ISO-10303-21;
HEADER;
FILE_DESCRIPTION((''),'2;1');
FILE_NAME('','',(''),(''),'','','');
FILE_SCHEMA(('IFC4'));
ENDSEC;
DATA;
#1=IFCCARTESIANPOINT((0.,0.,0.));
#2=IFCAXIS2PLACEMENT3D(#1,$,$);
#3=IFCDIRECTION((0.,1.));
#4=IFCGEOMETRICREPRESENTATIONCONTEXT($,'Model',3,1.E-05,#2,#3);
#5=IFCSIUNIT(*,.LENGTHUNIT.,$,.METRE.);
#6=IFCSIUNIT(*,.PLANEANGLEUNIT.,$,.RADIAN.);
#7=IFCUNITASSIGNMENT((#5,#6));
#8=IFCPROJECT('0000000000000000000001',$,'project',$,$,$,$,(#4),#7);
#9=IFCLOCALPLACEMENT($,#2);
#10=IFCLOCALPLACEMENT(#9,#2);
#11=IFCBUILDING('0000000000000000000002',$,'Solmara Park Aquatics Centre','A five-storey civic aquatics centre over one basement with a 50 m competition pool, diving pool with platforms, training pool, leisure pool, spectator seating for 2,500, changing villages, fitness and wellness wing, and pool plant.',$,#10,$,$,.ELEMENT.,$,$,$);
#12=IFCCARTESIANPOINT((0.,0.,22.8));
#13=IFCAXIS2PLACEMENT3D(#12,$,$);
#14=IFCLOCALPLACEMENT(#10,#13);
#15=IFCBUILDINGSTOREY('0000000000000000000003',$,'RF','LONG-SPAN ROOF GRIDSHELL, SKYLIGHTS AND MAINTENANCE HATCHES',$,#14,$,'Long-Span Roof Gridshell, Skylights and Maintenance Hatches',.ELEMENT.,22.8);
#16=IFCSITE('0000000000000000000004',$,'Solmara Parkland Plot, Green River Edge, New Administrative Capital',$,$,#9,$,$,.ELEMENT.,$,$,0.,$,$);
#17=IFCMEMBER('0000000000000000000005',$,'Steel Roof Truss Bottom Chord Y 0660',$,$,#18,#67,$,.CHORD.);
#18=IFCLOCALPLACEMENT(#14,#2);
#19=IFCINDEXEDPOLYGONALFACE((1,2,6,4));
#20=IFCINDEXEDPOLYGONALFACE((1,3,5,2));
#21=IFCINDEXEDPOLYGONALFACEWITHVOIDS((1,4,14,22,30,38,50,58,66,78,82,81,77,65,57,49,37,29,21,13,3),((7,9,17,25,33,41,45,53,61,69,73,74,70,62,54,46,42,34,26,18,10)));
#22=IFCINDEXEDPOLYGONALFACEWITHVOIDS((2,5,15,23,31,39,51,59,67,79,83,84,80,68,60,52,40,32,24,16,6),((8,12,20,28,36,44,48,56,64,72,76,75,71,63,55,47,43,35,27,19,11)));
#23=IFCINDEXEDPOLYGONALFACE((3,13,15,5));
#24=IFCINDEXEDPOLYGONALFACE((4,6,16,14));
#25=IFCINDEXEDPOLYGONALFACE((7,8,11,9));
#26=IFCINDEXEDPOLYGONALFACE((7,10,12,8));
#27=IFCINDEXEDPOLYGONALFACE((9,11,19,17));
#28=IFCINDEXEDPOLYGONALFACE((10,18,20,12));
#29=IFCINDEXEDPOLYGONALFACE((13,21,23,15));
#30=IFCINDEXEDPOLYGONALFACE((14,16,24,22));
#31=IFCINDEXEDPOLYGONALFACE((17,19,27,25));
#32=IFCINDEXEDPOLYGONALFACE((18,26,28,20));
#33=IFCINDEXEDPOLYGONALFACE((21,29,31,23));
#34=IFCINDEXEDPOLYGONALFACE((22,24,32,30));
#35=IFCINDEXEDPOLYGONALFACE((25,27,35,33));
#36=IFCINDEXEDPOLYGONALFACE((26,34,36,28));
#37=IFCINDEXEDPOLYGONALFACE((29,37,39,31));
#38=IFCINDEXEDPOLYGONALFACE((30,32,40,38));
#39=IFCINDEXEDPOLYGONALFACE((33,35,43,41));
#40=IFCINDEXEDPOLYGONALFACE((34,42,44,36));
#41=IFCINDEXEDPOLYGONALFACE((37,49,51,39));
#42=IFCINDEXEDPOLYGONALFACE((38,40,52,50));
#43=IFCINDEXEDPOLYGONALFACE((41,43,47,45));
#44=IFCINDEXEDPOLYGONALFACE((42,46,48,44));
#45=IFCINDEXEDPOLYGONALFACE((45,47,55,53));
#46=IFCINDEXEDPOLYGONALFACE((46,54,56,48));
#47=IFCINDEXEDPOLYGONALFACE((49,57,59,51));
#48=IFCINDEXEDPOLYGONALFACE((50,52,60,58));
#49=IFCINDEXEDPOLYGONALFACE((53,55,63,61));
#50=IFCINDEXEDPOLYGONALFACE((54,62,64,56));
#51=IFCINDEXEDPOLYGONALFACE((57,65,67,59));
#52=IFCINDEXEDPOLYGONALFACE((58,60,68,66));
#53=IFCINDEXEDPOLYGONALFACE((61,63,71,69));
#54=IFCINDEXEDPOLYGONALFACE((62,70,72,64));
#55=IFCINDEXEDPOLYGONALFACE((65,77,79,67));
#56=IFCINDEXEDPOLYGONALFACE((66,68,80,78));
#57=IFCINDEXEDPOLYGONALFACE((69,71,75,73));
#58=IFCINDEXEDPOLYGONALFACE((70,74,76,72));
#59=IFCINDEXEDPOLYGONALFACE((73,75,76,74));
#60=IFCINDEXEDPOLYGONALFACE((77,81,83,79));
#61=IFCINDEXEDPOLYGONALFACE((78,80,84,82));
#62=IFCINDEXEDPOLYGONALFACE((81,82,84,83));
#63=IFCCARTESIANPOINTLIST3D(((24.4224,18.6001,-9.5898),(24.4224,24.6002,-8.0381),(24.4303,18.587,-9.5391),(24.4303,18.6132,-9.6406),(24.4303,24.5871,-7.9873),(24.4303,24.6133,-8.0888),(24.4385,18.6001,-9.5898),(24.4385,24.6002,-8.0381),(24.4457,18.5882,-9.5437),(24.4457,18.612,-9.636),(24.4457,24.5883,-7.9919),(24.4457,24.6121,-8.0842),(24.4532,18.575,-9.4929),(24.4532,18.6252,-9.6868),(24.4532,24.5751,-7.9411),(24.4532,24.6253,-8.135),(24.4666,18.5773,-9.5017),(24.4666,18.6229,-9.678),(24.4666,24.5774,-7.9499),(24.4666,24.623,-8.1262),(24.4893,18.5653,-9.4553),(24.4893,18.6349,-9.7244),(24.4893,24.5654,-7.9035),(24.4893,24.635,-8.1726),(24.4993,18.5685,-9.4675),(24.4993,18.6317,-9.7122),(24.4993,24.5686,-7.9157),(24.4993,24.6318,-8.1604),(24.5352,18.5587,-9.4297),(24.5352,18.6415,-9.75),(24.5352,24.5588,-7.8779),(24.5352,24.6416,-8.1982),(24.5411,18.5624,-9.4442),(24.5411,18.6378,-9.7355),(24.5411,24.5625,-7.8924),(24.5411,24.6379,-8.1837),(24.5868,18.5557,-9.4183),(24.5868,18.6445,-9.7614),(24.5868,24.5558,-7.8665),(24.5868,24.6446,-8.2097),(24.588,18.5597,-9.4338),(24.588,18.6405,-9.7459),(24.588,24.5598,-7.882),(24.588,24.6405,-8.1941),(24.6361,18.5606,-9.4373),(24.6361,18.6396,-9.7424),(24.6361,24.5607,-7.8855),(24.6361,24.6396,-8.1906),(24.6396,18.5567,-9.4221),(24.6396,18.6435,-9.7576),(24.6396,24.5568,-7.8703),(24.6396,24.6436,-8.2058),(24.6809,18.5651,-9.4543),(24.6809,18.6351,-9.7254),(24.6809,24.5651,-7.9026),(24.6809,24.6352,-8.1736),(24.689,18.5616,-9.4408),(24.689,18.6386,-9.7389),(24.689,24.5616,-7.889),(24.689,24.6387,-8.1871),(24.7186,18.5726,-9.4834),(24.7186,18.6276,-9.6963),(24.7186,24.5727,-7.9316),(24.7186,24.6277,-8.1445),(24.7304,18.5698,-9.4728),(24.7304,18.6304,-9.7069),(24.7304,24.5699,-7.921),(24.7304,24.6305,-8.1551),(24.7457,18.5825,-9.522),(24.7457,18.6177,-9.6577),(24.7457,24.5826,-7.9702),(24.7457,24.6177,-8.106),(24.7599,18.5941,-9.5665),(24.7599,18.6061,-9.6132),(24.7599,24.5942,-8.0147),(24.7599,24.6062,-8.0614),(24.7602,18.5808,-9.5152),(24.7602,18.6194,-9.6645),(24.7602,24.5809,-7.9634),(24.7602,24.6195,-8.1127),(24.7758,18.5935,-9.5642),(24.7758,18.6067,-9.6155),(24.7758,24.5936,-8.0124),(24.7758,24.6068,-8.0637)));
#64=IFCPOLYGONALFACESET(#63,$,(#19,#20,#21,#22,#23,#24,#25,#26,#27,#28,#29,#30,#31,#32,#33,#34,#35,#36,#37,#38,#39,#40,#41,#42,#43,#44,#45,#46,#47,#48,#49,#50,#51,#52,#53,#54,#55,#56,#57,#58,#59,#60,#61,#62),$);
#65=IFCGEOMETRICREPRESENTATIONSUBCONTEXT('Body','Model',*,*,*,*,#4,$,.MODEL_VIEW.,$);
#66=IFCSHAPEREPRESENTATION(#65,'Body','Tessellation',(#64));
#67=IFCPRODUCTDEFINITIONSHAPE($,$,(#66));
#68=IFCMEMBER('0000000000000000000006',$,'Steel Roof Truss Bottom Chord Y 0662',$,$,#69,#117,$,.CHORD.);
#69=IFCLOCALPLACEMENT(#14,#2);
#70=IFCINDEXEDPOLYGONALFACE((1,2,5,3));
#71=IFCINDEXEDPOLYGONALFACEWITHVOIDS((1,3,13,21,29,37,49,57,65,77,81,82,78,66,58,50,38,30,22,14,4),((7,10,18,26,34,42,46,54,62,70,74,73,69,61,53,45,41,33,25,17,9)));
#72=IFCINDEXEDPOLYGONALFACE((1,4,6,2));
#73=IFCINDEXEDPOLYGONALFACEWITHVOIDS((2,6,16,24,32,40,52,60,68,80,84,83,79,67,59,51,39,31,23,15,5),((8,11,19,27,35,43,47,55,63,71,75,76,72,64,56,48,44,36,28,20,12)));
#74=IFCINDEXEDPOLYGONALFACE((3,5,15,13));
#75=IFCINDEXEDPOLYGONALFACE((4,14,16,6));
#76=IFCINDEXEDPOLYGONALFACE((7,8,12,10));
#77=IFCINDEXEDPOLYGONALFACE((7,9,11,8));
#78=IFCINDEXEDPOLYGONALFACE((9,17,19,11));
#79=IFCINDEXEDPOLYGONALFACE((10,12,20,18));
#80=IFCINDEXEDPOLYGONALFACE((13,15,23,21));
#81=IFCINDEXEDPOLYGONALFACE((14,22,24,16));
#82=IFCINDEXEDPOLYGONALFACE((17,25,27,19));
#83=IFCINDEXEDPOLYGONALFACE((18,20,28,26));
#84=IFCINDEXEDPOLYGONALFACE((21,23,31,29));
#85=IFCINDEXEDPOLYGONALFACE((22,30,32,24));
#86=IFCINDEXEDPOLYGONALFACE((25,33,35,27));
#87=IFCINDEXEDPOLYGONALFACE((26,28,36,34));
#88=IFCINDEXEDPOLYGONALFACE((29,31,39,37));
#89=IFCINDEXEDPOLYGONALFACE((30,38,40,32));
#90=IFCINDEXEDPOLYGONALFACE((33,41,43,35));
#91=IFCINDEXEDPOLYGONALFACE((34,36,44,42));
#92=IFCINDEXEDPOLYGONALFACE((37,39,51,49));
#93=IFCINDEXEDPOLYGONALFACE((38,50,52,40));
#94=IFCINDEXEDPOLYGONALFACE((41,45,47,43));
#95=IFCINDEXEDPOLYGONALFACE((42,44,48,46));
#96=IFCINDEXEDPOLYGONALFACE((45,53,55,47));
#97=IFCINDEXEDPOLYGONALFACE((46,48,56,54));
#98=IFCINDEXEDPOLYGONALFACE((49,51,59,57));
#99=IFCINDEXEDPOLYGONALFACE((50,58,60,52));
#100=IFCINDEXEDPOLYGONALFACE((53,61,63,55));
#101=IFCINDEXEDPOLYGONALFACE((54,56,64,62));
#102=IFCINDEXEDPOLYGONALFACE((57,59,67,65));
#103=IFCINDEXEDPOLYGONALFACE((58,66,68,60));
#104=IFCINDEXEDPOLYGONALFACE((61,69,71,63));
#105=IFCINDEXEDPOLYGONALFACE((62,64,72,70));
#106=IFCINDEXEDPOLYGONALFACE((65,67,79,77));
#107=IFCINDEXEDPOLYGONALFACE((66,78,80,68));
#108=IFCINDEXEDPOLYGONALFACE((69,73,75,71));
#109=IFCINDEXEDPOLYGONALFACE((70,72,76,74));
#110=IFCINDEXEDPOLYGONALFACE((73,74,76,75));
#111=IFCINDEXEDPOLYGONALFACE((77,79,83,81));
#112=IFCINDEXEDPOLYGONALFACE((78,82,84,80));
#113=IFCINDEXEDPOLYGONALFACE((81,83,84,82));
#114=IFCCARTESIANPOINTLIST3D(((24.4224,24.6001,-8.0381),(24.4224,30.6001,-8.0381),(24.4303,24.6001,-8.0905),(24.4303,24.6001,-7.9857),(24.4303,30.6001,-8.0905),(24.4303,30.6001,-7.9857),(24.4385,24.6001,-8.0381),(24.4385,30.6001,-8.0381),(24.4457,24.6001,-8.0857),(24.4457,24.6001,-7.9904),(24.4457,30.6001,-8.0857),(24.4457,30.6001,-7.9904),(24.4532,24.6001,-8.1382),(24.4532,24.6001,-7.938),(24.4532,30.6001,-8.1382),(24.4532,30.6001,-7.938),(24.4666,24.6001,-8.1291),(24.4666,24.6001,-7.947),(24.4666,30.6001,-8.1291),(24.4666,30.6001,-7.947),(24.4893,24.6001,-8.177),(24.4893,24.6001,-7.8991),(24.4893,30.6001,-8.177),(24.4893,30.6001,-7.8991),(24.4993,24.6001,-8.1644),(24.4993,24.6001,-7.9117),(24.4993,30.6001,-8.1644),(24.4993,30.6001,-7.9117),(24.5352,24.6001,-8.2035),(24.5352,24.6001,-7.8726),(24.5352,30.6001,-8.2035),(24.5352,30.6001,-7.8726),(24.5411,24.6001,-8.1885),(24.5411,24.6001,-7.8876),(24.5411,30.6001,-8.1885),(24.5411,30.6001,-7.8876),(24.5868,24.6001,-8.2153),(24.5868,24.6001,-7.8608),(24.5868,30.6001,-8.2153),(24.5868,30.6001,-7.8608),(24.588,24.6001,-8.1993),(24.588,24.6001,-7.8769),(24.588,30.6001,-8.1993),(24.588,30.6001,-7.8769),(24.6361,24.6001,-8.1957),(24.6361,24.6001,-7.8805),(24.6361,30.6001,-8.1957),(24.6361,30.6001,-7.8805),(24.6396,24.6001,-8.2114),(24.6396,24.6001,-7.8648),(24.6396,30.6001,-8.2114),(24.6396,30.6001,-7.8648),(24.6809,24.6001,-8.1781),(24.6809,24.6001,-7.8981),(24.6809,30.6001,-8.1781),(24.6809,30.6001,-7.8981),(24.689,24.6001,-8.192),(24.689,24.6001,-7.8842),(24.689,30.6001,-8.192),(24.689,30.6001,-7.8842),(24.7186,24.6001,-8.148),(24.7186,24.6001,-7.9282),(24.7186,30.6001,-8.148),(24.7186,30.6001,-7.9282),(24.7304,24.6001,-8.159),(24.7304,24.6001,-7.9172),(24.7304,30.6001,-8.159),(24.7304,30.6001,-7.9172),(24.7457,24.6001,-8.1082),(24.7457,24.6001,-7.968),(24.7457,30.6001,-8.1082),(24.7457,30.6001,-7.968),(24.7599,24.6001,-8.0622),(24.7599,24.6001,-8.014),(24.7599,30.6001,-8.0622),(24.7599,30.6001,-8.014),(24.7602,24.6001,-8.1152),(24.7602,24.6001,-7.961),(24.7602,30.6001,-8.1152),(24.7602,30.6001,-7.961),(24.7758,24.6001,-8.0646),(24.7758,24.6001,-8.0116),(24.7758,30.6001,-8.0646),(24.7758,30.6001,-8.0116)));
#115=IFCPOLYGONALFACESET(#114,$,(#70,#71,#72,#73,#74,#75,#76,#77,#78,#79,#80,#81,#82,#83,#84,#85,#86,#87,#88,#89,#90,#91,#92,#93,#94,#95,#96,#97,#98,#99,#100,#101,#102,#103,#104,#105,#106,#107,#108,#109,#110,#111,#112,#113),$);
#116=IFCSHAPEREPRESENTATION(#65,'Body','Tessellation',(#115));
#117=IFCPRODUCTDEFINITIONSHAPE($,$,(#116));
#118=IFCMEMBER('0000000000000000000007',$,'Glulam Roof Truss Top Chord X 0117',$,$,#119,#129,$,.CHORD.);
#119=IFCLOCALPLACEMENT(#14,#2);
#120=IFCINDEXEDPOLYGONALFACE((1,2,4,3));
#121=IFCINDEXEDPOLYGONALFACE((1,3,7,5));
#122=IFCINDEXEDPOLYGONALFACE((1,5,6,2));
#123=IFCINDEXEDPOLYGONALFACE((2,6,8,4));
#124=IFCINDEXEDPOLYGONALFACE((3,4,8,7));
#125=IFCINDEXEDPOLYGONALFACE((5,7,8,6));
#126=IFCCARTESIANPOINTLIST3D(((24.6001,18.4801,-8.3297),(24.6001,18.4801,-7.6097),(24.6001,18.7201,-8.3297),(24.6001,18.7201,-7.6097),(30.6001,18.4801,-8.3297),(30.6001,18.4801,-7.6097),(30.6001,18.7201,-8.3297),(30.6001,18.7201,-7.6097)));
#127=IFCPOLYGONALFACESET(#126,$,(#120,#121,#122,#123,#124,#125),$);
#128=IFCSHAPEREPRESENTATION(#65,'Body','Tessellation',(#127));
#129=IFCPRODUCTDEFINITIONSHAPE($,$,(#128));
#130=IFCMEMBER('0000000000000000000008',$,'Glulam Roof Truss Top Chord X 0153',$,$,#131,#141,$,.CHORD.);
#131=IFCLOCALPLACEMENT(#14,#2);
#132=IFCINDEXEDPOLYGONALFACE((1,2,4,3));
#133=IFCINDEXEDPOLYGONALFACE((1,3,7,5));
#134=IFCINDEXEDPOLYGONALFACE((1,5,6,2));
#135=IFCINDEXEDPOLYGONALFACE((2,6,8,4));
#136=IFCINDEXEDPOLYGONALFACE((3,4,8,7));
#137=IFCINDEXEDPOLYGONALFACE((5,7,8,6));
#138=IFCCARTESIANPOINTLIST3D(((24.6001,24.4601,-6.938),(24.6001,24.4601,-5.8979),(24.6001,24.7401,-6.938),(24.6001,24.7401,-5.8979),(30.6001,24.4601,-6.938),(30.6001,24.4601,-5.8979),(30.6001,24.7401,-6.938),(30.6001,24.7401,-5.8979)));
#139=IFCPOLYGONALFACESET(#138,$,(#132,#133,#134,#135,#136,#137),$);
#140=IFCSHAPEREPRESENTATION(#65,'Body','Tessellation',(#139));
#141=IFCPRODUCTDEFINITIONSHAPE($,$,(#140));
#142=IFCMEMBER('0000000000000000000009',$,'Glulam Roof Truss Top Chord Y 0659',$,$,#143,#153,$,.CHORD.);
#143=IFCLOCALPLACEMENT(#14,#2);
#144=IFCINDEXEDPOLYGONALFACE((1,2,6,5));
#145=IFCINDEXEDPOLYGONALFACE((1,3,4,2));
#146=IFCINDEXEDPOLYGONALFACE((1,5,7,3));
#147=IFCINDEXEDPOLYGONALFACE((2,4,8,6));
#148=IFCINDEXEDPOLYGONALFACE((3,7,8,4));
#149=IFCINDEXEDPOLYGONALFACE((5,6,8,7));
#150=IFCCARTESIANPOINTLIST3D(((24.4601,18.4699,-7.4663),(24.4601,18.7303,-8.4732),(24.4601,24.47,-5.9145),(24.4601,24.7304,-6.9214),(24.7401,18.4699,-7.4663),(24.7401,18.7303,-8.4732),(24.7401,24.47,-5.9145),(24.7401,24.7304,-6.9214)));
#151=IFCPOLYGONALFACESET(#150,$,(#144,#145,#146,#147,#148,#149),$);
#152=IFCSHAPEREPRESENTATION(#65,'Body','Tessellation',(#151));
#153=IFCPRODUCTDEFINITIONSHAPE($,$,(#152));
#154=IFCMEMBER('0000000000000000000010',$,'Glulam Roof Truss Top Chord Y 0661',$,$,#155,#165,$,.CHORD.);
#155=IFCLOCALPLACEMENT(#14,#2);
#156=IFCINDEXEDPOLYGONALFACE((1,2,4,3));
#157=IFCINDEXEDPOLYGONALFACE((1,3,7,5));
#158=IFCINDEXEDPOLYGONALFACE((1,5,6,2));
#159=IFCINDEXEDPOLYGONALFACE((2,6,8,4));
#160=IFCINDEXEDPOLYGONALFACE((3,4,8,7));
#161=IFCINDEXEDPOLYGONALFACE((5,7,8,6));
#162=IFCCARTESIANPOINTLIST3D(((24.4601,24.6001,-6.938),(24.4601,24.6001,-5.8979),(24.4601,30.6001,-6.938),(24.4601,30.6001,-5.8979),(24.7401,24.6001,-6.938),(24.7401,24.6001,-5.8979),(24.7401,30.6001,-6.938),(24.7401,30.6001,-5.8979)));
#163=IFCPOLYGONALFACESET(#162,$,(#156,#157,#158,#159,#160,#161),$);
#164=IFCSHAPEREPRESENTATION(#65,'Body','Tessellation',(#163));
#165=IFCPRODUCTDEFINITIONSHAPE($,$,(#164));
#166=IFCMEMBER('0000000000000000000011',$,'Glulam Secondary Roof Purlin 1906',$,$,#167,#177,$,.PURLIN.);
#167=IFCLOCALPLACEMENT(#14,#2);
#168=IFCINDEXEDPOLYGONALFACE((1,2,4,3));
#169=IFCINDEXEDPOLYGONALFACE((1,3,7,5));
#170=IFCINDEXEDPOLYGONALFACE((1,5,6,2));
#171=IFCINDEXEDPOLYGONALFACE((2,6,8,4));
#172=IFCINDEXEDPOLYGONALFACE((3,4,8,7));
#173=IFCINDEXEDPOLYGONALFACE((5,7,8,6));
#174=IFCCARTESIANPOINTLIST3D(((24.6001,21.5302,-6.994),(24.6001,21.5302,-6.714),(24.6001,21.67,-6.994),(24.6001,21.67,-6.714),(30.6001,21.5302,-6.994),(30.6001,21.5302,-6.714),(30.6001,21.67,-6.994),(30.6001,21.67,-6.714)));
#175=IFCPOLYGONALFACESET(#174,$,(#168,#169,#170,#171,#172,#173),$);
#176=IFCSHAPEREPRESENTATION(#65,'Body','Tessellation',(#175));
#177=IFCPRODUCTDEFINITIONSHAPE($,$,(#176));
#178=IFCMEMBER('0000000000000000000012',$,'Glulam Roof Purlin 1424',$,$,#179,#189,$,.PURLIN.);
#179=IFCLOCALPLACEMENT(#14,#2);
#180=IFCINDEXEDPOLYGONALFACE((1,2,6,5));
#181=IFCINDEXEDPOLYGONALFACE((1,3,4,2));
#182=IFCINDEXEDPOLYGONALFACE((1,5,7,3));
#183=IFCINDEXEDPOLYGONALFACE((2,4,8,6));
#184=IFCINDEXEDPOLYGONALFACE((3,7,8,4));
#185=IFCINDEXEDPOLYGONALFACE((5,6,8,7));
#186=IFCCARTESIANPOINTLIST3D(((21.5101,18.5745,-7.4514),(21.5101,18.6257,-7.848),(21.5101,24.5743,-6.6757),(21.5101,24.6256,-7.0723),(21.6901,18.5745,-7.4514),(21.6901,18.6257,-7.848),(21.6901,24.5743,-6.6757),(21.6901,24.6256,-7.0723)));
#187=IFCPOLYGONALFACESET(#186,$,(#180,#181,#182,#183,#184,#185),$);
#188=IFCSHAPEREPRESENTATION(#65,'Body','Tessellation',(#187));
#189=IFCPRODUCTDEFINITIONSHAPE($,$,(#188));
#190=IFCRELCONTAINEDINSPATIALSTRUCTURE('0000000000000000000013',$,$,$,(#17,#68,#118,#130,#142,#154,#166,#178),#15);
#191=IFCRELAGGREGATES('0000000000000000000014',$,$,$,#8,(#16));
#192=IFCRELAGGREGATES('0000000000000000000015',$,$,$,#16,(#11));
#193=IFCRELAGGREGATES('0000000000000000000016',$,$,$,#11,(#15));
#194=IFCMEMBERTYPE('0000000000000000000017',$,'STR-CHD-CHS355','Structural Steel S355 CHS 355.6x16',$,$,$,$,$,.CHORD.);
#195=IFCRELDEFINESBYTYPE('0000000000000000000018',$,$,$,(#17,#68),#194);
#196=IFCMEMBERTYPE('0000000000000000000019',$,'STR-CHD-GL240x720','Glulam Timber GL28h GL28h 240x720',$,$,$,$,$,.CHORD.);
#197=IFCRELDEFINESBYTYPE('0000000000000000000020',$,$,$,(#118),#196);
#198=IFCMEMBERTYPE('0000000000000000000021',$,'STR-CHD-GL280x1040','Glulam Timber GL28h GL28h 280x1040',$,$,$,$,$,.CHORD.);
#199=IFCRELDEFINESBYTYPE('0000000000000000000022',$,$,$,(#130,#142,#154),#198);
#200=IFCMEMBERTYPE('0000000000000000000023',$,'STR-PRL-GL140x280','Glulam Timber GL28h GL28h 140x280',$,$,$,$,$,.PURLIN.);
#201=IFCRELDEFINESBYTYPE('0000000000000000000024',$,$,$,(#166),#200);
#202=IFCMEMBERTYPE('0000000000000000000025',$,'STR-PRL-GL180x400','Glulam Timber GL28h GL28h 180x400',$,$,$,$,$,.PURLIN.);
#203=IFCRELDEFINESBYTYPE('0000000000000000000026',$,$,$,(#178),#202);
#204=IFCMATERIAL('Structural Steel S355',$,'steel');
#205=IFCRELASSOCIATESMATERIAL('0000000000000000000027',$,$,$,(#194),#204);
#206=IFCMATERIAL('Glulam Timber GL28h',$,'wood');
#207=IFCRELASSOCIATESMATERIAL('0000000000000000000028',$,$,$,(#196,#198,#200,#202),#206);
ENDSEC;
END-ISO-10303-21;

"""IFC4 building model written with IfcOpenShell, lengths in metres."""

from ifc_helpers import new_model, si_unit, direction, frame, origin, origin_2d, place, context, subcontext, project, spatial, rectangle, hollow_circle, extrude, material, material_profile, profile_set, type_object, element, save


model = new_model("IFC4")

# Units and contexts
model_context = context("Model", 3, precision=1e-05, world=origin(), true_north=direction((0.0, 1.0)))
body_context = subcontext(model_context, "Body", "Model", "MODEL_VIEW")
ifc_project = project(units=[si_unit("LENGTHUNIT", "METRE"), si_unit("PLANEANGLEUNIT", "RADIAN")], contexts=[model_context])

# Site, building, storey
site_placement = place(None, origin())
site = spatial("IfcSite", under=ifc_project, at=site_placement, Name="Solmara Parkland Plot, Green River Edge, New Administrative Capital", CompositionType="ELEMENT", RefElevation=0.0)
building_placement = place(site_placement, origin())
building = spatial("IfcBuilding", under=site, at=building_placement, Name="Solmara Park Aquatics Centre", Description="A five-storey civic aquatics centre over one basement with a 50 m competition pool, diving pool with platforms, training pool, leisure pool, spectator seating for 2,500, changing villages, fitness and wellness wing, and pool plant.", CompositionType="ELEMENT")
storey_placement = place(building_placement, frame((0.0, 0.0, 22.8)))
storey = spatial("IfcBuildingStorey", under=building, at=storey_placement, Name="RF", Description="LONG-SPAN ROOF GRIDSHELL, SKYLIGHTS AND MAINTENANCE HATCHES", LongName="Long-Span Roof Gridshell, Skylights and Maintenance Hatches", CompositionType="ELEMENT", Elevation=22.8)

# Members
ifc_material_1 = material(Name="Structural Steel S355", Category="steel")
ifc_material_profile_1 = material_profile(ifc_material_1, hollow_circle(Radius=0.1777, WallThickness=0.0161, at=origin_2d()), Name="CHS 355.6x16")
ifc_profile_set_1 = profile_set([ifc_material_profile_1], Name="Structural Steel S355")
member_type_1 = type_object("IfcMemberType", Name="STR-CHD-CHS355", Description="Structural Steel S355 CHS 355.6x16", PredefinedType="CHORD", material=ifc_profile_set_1)
member_1_placement = place(storey_placement, frame((24.6001, 18.6001, -9.5898), z_axis=(0.0, 0.968146, 0.250388), x_axis=(-1.0, 0.0, 0.0)))
element("IfcMember", 1, at=member_1_placement, inside=storey, type_object=member_type_1, Name="Steel Roof Truss Bottom Chord Y 0660", PredefinedType="CHORD", context=body_context, shape_type="SweptSolid", body=[
    extrude(hollow_circle(Radius=0.1777, WallThickness=0.0161, at=origin_2d()), origin(), (0.0, 0.0, 1.0), 6.1975),
])
member_2_placement = place(storey_placement, frame((24.6001, 24.6001, -8.0381), z_axis=(0.0, 1.0, 0.0), x_axis=(-1.0, 0.0, 0.0)))
element("IfcMember", 2, at=member_2_placement, inside=storey, type_object=member_type_1, Name="Steel Roof Truss Bottom Chord Y 0662", PredefinedType="CHORD", context=body_context, shape_type="SweptSolid", body=[
    extrude(hollow_circle(Radius=0.1777, WallThickness=0.0161, at=origin_2d()), origin(), (0.0, 0.0, 1.0), 6.0),
])
ifc_material_2 = material(Name="Glulam Timber GL28h", Category="wood")
ifc_material_profile_2 = material_profile(ifc_material_2, rectangle(XDim=0.24, YDim=0.72, at=origin_2d()), Name="GL28h 240x720")
ifc_profile_set_2 = profile_set([ifc_material_profile_2], Name="Glulam Timber GL28h")
member_type_2 = type_object("IfcMemberType", Name="STR-CHD-GL240x720", Description="Glulam Timber GL28h GL28h 240x720", PredefinedType="CHORD", material=ifc_profile_set_2)
member_3_placement = place(storey_placement, frame((24.6001, 18.6001, -7.9697), z_axis=(1.0, 0.0, 0.0), x_axis=(0.0, 1.0, 0.0)))
element("IfcMember", 3, at=member_3_placement, inside=storey, type_object=member_type_2, Name="Glulam Roof Truss Top Chord X 0117", PredefinedType="CHORD", context=body_context, shape_type="SweptSolid", body=[
    extrude(rectangle(XDim=0.24, YDim=0.72, at=origin_2d()), origin(), (0.0, 0.0, 1.0), 6.0),
])
ifc_material_profile_3 = material_profile(ifc_material_2, rectangle(XDim=0.28, YDim=1.04, at=origin_2d()), Name="GL28h 280x1040")
ifc_profile_set_3 = profile_set([ifc_material_profile_3], Name="Glulam Timber GL28h")
member_type_3 = type_object("IfcMemberType", Name="STR-CHD-GL280x1040", Description="Glulam Timber GL28h GL28h 280x1040", PredefinedType="CHORD", material=ifc_profile_set_3)
member_4_placement = place(storey_placement, frame((24.6001, 24.6001, -6.418), z_axis=(1.0, 0.0, 0.0), x_axis=(0.0, 1.0, 0.0)))
element("IfcMember", 4, at=member_4_placement, inside=storey, type_object=member_type_3, Name="Glulam Roof Truss Top Chord X 0153", PredefinedType="CHORD", context=body_context, shape_type="SweptSolid", body=[
    extrude(rectangle(XDim=0.28, YDim=1.04, at=origin_2d()), origin(), (0.0, 0.0, 1.0), 6.0),
])
member_5_placement = place(storey_placement, frame((24.6001, 18.6001, -7.9697), z_axis=(0.0, 0.968146, 0.250388), x_axis=(-1.0, 0.0, 0.0)))
element("IfcMember", 5, at=member_5_placement, inside=storey, type_object=member_type_3, Name="Glulam Roof Truss Top Chord Y 0659", PredefinedType="CHORD", context=body_context, shape_type="SweptSolid", body=[
    extrude(rectangle(XDim=0.28, YDim=1.04, at=origin_2d()), origin(), (0.0, 0.0, 1.0), 6.1975),
])
member_6_placement = place(storey_placement, frame((24.6001, 24.6001, -6.418), z_axis=(0.0, 1.0, 0.0), x_axis=(-1.0, 0.0, 0.0)))
element("IfcMember", 6, at=member_6_placement, inside=storey, type_object=member_type_3, Name="Glulam Roof Truss Top Chord Y 0661", PredefinedType="CHORD", context=body_context, shape_type="SweptSolid", body=[
    extrude(rectangle(XDim=0.28, YDim=1.04, at=origin_2d()), origin(), (0.0, 0.0, 1.0), 6.0),
])
ifc_material_profile_4 = material_profile(ifc_material_2, rectangle(XDim=0.1399, YDim=0.28, at=origin_2d()), Name="GL28h 140x280")
ifc_profile_set_4 = profile_set([ifc_material_profile_4], Name="Glulam Timber GL28h")
member_type_4 = type_object("IfcMemberType", Name="STR-PRL-GL140x280", Description="Glulam Timber GL28h GL28h 140x280", PredefinedType="PURLIN", material=ifc_profile_set_4)
member_7_placement = place(storey_placement, frame((24.6001, 21.6001, -6.854), z_axis=(1.0, 0.0, 0.0), x_axis=(0.0, 1.0, 0.0)))
element("IfcMember", 7, at=member_7_placement, inside=storey, type_object=member_type_4, Name="Glulam Secondary Roof Purlin 1906", PredefinedType="PURLIN", context=body_context, shape_type="SweptSolid", body=[
    extrude(rectangle(XDim=0.1399, YDim=0.28, at=origin_2d()), origin(), (0.0, 0.0, 1.0), 6.0),
])
ifc_material_profile_5 = material_profile(ifc_material_2, rectangle(XDim=0.1799, YDim=0.3999, at=origin_2d()), Name="GL28h 180x400")
ifc_profile_set_5 = profile_set([ifc_material_profile_5], Name="Glulam Timber GL28h")
member_type_5 = type_object("IfcMemberType", Name="STR-PRL-GL180x400", Description="Glulam Timber GL28h GL28h 180x400", PredefinedType="PURLIN", material=ifc_profile_set_5)
member_8_placement = place(storey_placement, frame((21.6001, 18.6001, -7.6497), z_axis=(0.0, 0.991748, 0.128206), x_axis=(-1.0, 0.0, 0.0)))
element("IfcMember", 8, at=member_8_placement, inside=storey, type_object=member_type_5, Name="Glulam Roof Purlin 1424", PredefinedType="PURLIN", context=body_context, shape_type="SweptSolid", body=[
    extrude(rectangle(XDim=0.1799, YDim=0.3999, at=origin_2d()), origin(), (0.0, 0.0, 1.0), 6.0498),
])

save(model, "model.ifc")
